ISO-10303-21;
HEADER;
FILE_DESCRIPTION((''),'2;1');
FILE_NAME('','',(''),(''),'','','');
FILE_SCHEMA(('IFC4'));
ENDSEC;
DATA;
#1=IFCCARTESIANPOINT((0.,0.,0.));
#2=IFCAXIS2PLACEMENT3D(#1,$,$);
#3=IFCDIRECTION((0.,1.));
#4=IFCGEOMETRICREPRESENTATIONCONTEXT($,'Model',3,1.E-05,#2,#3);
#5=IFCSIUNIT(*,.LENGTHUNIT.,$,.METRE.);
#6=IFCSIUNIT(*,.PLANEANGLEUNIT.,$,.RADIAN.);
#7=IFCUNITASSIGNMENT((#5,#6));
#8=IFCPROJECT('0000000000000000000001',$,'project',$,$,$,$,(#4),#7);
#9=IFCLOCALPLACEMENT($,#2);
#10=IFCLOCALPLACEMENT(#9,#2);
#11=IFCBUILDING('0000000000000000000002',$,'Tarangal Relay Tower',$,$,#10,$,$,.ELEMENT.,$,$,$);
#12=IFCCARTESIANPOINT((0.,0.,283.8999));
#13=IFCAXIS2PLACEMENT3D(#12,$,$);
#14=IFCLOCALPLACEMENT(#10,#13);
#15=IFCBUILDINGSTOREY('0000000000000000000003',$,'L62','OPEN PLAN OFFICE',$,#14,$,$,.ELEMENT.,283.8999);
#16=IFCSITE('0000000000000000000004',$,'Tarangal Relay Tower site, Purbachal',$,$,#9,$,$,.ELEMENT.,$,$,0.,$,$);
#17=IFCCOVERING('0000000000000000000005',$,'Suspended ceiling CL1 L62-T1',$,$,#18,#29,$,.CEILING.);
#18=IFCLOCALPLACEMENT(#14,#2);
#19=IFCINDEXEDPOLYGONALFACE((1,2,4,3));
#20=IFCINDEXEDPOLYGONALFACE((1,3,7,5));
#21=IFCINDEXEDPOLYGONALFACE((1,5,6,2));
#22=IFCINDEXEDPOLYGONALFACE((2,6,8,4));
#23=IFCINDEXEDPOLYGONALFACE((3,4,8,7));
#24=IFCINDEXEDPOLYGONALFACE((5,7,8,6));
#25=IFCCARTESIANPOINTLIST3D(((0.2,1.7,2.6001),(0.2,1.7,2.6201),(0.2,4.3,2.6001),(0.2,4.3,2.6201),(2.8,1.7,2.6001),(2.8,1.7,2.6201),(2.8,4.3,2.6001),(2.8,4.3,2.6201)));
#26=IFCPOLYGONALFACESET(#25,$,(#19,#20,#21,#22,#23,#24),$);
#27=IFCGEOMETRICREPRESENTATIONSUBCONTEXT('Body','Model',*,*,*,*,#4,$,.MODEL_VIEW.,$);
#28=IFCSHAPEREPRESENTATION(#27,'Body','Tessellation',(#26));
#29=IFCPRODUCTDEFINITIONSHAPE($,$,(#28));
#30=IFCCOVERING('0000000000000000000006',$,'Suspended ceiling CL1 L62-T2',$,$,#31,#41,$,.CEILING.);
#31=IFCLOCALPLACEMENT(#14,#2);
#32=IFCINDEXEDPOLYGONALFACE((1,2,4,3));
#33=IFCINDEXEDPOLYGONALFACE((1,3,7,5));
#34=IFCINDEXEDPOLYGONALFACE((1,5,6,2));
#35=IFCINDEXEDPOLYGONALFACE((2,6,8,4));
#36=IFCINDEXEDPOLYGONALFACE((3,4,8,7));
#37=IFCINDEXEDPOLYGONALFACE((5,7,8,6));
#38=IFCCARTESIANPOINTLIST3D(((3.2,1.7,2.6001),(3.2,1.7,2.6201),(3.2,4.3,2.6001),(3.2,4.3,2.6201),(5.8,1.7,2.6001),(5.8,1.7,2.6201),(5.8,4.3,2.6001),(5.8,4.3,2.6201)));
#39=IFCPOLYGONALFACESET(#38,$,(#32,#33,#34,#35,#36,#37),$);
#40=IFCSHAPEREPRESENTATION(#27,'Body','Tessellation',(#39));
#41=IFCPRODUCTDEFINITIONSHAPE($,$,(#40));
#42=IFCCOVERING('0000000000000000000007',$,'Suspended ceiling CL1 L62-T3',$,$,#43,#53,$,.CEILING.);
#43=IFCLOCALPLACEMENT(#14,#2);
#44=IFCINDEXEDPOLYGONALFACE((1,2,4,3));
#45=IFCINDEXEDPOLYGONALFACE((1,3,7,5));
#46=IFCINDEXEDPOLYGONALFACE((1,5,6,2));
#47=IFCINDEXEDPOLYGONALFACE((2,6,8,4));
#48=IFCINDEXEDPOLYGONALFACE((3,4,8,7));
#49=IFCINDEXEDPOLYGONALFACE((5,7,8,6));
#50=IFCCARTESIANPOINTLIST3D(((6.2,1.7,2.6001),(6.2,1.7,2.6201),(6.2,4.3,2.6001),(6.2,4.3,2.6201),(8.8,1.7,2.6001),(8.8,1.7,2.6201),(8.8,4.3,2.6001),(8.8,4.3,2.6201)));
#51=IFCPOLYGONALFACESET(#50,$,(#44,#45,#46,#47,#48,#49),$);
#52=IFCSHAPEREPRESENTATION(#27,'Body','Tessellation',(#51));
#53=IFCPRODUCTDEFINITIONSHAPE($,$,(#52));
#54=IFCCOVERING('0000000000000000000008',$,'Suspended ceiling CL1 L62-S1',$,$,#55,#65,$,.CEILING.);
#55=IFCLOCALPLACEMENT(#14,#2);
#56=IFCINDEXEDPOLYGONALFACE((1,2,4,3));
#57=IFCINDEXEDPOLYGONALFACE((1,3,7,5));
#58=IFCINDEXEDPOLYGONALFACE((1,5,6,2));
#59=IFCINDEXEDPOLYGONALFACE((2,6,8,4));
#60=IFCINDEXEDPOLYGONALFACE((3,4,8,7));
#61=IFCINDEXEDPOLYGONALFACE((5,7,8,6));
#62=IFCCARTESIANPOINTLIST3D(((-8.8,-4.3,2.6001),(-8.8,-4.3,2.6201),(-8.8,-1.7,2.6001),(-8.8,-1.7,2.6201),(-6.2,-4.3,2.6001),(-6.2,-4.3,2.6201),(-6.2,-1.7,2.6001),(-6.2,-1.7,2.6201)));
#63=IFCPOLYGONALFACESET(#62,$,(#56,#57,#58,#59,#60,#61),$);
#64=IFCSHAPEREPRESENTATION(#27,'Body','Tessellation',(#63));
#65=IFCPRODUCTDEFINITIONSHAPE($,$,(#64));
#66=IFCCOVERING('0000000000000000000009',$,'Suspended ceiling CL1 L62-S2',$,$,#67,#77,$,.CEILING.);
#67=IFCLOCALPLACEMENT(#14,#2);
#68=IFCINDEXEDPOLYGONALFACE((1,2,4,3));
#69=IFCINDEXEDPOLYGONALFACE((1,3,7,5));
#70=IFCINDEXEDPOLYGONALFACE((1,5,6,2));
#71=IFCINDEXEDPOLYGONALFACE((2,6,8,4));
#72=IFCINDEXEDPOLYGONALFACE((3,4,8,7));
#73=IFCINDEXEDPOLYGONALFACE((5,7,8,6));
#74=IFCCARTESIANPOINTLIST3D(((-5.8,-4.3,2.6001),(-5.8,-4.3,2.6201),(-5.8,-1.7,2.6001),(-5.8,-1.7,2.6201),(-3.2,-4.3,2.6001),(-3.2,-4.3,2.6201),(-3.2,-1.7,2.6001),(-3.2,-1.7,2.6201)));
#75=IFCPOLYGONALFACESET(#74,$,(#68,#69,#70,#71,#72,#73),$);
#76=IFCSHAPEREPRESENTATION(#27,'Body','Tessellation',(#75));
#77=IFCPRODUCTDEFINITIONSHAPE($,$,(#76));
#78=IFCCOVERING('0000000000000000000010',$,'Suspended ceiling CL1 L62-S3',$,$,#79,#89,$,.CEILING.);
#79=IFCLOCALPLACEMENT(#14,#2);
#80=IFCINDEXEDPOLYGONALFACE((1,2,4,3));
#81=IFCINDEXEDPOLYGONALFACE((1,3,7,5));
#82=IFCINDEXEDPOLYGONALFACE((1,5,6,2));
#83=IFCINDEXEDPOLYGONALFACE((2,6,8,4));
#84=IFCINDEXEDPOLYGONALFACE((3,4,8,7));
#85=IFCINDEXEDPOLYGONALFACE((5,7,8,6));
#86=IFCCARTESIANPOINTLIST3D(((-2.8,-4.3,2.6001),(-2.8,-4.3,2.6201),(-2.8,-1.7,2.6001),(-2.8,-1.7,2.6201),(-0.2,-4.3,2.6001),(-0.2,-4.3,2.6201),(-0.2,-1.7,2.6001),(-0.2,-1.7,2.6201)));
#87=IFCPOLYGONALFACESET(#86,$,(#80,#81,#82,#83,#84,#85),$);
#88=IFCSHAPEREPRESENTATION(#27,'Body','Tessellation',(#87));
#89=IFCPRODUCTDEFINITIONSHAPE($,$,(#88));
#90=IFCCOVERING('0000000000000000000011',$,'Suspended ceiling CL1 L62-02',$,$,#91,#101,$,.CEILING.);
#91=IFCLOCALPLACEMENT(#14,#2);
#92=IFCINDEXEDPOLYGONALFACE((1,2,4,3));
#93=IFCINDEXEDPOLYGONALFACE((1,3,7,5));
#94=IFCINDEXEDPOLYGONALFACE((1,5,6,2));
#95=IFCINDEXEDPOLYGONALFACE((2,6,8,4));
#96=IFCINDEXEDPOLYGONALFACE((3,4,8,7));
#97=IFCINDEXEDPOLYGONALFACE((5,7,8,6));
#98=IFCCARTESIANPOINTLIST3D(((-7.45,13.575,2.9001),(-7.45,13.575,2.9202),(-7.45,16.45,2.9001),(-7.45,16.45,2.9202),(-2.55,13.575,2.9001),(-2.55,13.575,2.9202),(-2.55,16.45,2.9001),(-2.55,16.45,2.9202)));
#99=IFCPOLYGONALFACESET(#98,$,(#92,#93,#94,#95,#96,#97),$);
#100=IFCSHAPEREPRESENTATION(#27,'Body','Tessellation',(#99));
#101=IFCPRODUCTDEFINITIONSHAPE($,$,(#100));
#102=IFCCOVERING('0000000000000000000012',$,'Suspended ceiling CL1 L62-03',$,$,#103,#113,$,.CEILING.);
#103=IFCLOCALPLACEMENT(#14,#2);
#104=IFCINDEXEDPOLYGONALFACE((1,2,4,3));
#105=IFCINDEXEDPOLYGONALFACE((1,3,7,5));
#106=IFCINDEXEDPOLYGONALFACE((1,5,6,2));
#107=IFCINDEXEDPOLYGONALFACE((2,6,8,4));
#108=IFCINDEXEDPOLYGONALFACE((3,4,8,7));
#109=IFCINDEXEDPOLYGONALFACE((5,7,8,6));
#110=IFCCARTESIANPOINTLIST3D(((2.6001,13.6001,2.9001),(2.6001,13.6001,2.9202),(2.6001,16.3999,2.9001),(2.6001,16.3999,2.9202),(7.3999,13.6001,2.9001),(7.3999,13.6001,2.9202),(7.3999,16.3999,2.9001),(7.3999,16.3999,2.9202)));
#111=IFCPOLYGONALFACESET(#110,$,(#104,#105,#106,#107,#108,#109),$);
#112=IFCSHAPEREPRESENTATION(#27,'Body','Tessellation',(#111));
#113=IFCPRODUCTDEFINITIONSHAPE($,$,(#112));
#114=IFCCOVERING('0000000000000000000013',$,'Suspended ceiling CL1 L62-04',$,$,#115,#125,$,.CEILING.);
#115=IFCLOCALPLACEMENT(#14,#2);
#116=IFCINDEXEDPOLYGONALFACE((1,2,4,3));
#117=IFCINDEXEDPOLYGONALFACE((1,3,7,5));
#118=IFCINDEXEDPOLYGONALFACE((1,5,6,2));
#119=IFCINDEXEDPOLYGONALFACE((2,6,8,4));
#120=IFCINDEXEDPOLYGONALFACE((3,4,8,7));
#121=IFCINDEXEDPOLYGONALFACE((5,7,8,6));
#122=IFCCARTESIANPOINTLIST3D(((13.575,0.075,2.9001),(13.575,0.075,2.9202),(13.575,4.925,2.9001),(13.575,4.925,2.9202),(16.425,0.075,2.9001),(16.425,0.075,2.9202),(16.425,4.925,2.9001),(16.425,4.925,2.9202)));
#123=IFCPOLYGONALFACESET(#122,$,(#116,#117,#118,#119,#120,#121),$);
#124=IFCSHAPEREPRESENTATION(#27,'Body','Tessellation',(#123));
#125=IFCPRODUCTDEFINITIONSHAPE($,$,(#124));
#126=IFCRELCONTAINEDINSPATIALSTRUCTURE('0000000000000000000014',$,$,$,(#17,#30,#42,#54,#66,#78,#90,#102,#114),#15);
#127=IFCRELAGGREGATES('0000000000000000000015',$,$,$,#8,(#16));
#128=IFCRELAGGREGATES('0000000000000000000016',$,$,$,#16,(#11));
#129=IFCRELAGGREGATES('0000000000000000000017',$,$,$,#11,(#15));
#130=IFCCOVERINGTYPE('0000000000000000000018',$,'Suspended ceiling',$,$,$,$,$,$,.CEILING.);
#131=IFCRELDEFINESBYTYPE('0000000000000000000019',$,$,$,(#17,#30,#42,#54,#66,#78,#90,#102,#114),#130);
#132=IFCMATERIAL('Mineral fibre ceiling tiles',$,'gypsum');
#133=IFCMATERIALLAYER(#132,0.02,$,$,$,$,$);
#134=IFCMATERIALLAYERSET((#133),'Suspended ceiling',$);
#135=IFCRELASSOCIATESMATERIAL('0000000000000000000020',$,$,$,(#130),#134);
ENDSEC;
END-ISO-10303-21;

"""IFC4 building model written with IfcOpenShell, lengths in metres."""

from ifc_helpers import new_model, si_unit, direction, frame, origin, place, context, subcontext, project, spatial, polyline, outline, extrude, material, layer, layer_set, type_object, element, save


model = new_model("IFC4")

# Units and contexts
model_context = context("Model", 3, precision=1e-05, world=origin(), true_north=direction((0.0, 1.0)))
body_context = subcontext(model_context, "Body", "Model", "MODEL_VIEW")
ifc_project = project(units=[si_unit("LENGTHUNIT", "METRE"), si_unit("PLANEANGLEUNIT", "RADIAN")], contexts=[model_context])

# Site, building, storey
site_placement = place(None, origin())
site = spatial("IfcSite", under=ifc_project, at=site_placement, Name="Tarangal Relay Tower site, Purbachal", CompositionType="ELEMENT", RefElevation=0.0)
building_placement = place(site_placement, origin())
building = spatial("IfcBuilding", under=site, at=building_placement, Name="Tarangal Relay Tower", CompositionType="ELEMENT")
storey_placement = place(building_placement, frame((0.0, 0.0, 283.8999)))
storey = spatial("IfcBuildingStorey", under=building, at=storey_placement, Name="L62", Description="OPEN PLAN OFFICE", CompositionType="ELEMENT", Elevation=283.8999)

# Coverings
ifc_material_1 = material(Name="Mineral fibre ceiling tiles", Category="gypsum")
ifc_layer_1 = layer(ifc_material_1, 0.02)
ifc_layer_set_1 = layer_set([ifc_layer_1], Name="Suspended ceiling")
covering_type_1 = type_object("IfcCoveringType", Name="Suspended ceiling", PredefinedType="CEILING", material=ifc_layer_set_1)
covering_1_placement = place(storey_placement, frame((0.0, 0.0, 2.6001)))
element("IfcCovering", 1, at=covering_1_placement, inside=storey, type_object=covering_type_1, Name="Suspended ceiling CL1 L62-T1", PredefinedType="CEILING", context=body_context, shape_type="SweptSolid", body=[
    extrude(outline(polyline([(0.2, 1.7), (2.8, 1.7), (2.8, 4.3), (0.2, 4.3), (0.2, 1.7)])), origin(), (0.0, 0.0, 1.0), 0.02),
])
covering_2_placement = place(storey_placement, frame((0.0, 0.0, 2.6001)))
element("IfcCovering", 2, at=covering_2_placement, inside=storey, type_object=covering_type_1, Name="Suspended ceiling CL1 L62-T2", PredefinedType="CEILING", context=body_context, shape_type="SweptSolid", body=[
    extrude(outline(polyline([(3.2, 1.7), (5.8, 1.7), (5.8, 4.3), (3.2, 4.3), (3.2, 1.7)])), origin(), (0.0, 0.0, 1.0), 0.02),
])
covering_3_placement = place(storey_placement, frame((0.0, 0.0, 2.6001)))
element("IfcCovering", 3, at=covering_3_placement, inside=storey, type_object=covering_type_1, Name="Suspended ceiling CL1 L62-T3", PredefinedType="CEILING", context=body_context, shape_type="SweptSolid", body=[
    extrude(outline(polyline([(6.2, 1.7), (8.8, 1.7), (8.8, 4.3), (6.2, 4.3), (6.2, 1.7)])), origin(), (0.0, 0.0, 1.0), 0.02),
])
covering_4_placement = place(storey_placement, frame((0.0, 0.0, 2.6001)))
element("IfcCovering", 4, at=covering_4_placement, inside=storey, type_object=covering_type_1, Name="Suspended ceiling CL1 L62-S1", PredefinedType="CEILING", context=body_context, shape_type="SweptSolid", body=[
    extrude(outline(polyline([(-8.8, -4.3), (-6.2, -4.3), (-6.2, -1.7), (-8.8, -1.7), (-8.8, -4.3)])), origin(), (0.0, 0.0, 1.0), 0.02),
])
covering_5_placement = place(storey_placement, frame((0.0, 0.0, 2.6001)))
element("IfcCovering", 5, at=covering_5_placement, inside=storey, type_object=covering_type_1, Name="Suspended ceiling CL1 L62-S2", PredefinedType="CEILING", context=body_context, shape_type="SweptSolid", body=[
    extrude(outline(polyline([(-5.8, -4.3), (-3.2, -4.3), (-3.2, -1.7), (-5.8, -1.7), (-5.8, -4.3)])), origin(), (0.0, 0.0, 1.0), 0.02),
])
covering_6_placement = place(storey_placement, frame((0.0, 0.0, 2.6001)))
element("IfcCovering", 6, at=covering_6_placement, inside=storey, type_object=covering_type_1, Name="Suspended ceiling CL1 L62-S3", PredefinedType="CEILING", context=body_context, shape_type="SweptSolid", body=[
    extrude(outline(polyline([(-2.8, -4.3), (-0.2, -4.3), (-0.2, -1.7), (-2.8, -1.7), (-2.8, -4.3)])), origin(), (0.0, 0.0, 1.0), 0.02),
])
covering_7_placement = place(storey_placement, frame((0.0, 0.0, 2.9001)))
element("IfcCovering", 7, at=covering_7_placement, inside=storey, type_object=covering_type_1, Name="Suspended ceiling CL1 L62-02", PredefinedType="CEILING", context=body_context, shape_type="SweptSolid", body=[
    extrude(outline(polyline([(-7.45, 13.575), (-2.55, 13.575), (-2.55, 16.45), (-7.45, 16.45), (-7.45, 13.575)])), origin(), (0.0, 0.0, 1.0), 0.02),
])
covering_8_placement = place(storey_placement, frame((0.0, 0.0, 2.9001)))
element("IfcCovering", 8, at=covering_8_placement, inside=storey, type_object=covering_type_1, Name="Suspended ceiling CL1 L62-03", PredefinedType="CEILING", context=body_context, shape_type="SweptSolid", body=[
    extrude(outline(polyline([(2.6001, 16.3999), (2.6001, 13.6001), (7.3999, 13.6001), (7.3999, 16.3999), (2.6001, 16.3999)])), origin(), (0.0, 0.0, 1.0), 0.02),
])
covering_9_placement = place(storey_placement, frame((0.0, 0.0, 2.9001)))
element("IfcCovering", 9, at=covering_9_placement, inside=storey, type_object=covering_type_1, Name="Suspended ceiling CL1 L62-04", PredefinedType="CEILING", context=body_context, shape_type="SweptSolid", body=[
    extrude(outline(polyline([(16.425, 0.075), (16.425, 4.925), (13.575, 4.925), (13.575, 0.075), (16.425, 0.075)])), origin(), (0.0, 0.0, 1.0), 0.02),
])

save(model, "model.ifc")
